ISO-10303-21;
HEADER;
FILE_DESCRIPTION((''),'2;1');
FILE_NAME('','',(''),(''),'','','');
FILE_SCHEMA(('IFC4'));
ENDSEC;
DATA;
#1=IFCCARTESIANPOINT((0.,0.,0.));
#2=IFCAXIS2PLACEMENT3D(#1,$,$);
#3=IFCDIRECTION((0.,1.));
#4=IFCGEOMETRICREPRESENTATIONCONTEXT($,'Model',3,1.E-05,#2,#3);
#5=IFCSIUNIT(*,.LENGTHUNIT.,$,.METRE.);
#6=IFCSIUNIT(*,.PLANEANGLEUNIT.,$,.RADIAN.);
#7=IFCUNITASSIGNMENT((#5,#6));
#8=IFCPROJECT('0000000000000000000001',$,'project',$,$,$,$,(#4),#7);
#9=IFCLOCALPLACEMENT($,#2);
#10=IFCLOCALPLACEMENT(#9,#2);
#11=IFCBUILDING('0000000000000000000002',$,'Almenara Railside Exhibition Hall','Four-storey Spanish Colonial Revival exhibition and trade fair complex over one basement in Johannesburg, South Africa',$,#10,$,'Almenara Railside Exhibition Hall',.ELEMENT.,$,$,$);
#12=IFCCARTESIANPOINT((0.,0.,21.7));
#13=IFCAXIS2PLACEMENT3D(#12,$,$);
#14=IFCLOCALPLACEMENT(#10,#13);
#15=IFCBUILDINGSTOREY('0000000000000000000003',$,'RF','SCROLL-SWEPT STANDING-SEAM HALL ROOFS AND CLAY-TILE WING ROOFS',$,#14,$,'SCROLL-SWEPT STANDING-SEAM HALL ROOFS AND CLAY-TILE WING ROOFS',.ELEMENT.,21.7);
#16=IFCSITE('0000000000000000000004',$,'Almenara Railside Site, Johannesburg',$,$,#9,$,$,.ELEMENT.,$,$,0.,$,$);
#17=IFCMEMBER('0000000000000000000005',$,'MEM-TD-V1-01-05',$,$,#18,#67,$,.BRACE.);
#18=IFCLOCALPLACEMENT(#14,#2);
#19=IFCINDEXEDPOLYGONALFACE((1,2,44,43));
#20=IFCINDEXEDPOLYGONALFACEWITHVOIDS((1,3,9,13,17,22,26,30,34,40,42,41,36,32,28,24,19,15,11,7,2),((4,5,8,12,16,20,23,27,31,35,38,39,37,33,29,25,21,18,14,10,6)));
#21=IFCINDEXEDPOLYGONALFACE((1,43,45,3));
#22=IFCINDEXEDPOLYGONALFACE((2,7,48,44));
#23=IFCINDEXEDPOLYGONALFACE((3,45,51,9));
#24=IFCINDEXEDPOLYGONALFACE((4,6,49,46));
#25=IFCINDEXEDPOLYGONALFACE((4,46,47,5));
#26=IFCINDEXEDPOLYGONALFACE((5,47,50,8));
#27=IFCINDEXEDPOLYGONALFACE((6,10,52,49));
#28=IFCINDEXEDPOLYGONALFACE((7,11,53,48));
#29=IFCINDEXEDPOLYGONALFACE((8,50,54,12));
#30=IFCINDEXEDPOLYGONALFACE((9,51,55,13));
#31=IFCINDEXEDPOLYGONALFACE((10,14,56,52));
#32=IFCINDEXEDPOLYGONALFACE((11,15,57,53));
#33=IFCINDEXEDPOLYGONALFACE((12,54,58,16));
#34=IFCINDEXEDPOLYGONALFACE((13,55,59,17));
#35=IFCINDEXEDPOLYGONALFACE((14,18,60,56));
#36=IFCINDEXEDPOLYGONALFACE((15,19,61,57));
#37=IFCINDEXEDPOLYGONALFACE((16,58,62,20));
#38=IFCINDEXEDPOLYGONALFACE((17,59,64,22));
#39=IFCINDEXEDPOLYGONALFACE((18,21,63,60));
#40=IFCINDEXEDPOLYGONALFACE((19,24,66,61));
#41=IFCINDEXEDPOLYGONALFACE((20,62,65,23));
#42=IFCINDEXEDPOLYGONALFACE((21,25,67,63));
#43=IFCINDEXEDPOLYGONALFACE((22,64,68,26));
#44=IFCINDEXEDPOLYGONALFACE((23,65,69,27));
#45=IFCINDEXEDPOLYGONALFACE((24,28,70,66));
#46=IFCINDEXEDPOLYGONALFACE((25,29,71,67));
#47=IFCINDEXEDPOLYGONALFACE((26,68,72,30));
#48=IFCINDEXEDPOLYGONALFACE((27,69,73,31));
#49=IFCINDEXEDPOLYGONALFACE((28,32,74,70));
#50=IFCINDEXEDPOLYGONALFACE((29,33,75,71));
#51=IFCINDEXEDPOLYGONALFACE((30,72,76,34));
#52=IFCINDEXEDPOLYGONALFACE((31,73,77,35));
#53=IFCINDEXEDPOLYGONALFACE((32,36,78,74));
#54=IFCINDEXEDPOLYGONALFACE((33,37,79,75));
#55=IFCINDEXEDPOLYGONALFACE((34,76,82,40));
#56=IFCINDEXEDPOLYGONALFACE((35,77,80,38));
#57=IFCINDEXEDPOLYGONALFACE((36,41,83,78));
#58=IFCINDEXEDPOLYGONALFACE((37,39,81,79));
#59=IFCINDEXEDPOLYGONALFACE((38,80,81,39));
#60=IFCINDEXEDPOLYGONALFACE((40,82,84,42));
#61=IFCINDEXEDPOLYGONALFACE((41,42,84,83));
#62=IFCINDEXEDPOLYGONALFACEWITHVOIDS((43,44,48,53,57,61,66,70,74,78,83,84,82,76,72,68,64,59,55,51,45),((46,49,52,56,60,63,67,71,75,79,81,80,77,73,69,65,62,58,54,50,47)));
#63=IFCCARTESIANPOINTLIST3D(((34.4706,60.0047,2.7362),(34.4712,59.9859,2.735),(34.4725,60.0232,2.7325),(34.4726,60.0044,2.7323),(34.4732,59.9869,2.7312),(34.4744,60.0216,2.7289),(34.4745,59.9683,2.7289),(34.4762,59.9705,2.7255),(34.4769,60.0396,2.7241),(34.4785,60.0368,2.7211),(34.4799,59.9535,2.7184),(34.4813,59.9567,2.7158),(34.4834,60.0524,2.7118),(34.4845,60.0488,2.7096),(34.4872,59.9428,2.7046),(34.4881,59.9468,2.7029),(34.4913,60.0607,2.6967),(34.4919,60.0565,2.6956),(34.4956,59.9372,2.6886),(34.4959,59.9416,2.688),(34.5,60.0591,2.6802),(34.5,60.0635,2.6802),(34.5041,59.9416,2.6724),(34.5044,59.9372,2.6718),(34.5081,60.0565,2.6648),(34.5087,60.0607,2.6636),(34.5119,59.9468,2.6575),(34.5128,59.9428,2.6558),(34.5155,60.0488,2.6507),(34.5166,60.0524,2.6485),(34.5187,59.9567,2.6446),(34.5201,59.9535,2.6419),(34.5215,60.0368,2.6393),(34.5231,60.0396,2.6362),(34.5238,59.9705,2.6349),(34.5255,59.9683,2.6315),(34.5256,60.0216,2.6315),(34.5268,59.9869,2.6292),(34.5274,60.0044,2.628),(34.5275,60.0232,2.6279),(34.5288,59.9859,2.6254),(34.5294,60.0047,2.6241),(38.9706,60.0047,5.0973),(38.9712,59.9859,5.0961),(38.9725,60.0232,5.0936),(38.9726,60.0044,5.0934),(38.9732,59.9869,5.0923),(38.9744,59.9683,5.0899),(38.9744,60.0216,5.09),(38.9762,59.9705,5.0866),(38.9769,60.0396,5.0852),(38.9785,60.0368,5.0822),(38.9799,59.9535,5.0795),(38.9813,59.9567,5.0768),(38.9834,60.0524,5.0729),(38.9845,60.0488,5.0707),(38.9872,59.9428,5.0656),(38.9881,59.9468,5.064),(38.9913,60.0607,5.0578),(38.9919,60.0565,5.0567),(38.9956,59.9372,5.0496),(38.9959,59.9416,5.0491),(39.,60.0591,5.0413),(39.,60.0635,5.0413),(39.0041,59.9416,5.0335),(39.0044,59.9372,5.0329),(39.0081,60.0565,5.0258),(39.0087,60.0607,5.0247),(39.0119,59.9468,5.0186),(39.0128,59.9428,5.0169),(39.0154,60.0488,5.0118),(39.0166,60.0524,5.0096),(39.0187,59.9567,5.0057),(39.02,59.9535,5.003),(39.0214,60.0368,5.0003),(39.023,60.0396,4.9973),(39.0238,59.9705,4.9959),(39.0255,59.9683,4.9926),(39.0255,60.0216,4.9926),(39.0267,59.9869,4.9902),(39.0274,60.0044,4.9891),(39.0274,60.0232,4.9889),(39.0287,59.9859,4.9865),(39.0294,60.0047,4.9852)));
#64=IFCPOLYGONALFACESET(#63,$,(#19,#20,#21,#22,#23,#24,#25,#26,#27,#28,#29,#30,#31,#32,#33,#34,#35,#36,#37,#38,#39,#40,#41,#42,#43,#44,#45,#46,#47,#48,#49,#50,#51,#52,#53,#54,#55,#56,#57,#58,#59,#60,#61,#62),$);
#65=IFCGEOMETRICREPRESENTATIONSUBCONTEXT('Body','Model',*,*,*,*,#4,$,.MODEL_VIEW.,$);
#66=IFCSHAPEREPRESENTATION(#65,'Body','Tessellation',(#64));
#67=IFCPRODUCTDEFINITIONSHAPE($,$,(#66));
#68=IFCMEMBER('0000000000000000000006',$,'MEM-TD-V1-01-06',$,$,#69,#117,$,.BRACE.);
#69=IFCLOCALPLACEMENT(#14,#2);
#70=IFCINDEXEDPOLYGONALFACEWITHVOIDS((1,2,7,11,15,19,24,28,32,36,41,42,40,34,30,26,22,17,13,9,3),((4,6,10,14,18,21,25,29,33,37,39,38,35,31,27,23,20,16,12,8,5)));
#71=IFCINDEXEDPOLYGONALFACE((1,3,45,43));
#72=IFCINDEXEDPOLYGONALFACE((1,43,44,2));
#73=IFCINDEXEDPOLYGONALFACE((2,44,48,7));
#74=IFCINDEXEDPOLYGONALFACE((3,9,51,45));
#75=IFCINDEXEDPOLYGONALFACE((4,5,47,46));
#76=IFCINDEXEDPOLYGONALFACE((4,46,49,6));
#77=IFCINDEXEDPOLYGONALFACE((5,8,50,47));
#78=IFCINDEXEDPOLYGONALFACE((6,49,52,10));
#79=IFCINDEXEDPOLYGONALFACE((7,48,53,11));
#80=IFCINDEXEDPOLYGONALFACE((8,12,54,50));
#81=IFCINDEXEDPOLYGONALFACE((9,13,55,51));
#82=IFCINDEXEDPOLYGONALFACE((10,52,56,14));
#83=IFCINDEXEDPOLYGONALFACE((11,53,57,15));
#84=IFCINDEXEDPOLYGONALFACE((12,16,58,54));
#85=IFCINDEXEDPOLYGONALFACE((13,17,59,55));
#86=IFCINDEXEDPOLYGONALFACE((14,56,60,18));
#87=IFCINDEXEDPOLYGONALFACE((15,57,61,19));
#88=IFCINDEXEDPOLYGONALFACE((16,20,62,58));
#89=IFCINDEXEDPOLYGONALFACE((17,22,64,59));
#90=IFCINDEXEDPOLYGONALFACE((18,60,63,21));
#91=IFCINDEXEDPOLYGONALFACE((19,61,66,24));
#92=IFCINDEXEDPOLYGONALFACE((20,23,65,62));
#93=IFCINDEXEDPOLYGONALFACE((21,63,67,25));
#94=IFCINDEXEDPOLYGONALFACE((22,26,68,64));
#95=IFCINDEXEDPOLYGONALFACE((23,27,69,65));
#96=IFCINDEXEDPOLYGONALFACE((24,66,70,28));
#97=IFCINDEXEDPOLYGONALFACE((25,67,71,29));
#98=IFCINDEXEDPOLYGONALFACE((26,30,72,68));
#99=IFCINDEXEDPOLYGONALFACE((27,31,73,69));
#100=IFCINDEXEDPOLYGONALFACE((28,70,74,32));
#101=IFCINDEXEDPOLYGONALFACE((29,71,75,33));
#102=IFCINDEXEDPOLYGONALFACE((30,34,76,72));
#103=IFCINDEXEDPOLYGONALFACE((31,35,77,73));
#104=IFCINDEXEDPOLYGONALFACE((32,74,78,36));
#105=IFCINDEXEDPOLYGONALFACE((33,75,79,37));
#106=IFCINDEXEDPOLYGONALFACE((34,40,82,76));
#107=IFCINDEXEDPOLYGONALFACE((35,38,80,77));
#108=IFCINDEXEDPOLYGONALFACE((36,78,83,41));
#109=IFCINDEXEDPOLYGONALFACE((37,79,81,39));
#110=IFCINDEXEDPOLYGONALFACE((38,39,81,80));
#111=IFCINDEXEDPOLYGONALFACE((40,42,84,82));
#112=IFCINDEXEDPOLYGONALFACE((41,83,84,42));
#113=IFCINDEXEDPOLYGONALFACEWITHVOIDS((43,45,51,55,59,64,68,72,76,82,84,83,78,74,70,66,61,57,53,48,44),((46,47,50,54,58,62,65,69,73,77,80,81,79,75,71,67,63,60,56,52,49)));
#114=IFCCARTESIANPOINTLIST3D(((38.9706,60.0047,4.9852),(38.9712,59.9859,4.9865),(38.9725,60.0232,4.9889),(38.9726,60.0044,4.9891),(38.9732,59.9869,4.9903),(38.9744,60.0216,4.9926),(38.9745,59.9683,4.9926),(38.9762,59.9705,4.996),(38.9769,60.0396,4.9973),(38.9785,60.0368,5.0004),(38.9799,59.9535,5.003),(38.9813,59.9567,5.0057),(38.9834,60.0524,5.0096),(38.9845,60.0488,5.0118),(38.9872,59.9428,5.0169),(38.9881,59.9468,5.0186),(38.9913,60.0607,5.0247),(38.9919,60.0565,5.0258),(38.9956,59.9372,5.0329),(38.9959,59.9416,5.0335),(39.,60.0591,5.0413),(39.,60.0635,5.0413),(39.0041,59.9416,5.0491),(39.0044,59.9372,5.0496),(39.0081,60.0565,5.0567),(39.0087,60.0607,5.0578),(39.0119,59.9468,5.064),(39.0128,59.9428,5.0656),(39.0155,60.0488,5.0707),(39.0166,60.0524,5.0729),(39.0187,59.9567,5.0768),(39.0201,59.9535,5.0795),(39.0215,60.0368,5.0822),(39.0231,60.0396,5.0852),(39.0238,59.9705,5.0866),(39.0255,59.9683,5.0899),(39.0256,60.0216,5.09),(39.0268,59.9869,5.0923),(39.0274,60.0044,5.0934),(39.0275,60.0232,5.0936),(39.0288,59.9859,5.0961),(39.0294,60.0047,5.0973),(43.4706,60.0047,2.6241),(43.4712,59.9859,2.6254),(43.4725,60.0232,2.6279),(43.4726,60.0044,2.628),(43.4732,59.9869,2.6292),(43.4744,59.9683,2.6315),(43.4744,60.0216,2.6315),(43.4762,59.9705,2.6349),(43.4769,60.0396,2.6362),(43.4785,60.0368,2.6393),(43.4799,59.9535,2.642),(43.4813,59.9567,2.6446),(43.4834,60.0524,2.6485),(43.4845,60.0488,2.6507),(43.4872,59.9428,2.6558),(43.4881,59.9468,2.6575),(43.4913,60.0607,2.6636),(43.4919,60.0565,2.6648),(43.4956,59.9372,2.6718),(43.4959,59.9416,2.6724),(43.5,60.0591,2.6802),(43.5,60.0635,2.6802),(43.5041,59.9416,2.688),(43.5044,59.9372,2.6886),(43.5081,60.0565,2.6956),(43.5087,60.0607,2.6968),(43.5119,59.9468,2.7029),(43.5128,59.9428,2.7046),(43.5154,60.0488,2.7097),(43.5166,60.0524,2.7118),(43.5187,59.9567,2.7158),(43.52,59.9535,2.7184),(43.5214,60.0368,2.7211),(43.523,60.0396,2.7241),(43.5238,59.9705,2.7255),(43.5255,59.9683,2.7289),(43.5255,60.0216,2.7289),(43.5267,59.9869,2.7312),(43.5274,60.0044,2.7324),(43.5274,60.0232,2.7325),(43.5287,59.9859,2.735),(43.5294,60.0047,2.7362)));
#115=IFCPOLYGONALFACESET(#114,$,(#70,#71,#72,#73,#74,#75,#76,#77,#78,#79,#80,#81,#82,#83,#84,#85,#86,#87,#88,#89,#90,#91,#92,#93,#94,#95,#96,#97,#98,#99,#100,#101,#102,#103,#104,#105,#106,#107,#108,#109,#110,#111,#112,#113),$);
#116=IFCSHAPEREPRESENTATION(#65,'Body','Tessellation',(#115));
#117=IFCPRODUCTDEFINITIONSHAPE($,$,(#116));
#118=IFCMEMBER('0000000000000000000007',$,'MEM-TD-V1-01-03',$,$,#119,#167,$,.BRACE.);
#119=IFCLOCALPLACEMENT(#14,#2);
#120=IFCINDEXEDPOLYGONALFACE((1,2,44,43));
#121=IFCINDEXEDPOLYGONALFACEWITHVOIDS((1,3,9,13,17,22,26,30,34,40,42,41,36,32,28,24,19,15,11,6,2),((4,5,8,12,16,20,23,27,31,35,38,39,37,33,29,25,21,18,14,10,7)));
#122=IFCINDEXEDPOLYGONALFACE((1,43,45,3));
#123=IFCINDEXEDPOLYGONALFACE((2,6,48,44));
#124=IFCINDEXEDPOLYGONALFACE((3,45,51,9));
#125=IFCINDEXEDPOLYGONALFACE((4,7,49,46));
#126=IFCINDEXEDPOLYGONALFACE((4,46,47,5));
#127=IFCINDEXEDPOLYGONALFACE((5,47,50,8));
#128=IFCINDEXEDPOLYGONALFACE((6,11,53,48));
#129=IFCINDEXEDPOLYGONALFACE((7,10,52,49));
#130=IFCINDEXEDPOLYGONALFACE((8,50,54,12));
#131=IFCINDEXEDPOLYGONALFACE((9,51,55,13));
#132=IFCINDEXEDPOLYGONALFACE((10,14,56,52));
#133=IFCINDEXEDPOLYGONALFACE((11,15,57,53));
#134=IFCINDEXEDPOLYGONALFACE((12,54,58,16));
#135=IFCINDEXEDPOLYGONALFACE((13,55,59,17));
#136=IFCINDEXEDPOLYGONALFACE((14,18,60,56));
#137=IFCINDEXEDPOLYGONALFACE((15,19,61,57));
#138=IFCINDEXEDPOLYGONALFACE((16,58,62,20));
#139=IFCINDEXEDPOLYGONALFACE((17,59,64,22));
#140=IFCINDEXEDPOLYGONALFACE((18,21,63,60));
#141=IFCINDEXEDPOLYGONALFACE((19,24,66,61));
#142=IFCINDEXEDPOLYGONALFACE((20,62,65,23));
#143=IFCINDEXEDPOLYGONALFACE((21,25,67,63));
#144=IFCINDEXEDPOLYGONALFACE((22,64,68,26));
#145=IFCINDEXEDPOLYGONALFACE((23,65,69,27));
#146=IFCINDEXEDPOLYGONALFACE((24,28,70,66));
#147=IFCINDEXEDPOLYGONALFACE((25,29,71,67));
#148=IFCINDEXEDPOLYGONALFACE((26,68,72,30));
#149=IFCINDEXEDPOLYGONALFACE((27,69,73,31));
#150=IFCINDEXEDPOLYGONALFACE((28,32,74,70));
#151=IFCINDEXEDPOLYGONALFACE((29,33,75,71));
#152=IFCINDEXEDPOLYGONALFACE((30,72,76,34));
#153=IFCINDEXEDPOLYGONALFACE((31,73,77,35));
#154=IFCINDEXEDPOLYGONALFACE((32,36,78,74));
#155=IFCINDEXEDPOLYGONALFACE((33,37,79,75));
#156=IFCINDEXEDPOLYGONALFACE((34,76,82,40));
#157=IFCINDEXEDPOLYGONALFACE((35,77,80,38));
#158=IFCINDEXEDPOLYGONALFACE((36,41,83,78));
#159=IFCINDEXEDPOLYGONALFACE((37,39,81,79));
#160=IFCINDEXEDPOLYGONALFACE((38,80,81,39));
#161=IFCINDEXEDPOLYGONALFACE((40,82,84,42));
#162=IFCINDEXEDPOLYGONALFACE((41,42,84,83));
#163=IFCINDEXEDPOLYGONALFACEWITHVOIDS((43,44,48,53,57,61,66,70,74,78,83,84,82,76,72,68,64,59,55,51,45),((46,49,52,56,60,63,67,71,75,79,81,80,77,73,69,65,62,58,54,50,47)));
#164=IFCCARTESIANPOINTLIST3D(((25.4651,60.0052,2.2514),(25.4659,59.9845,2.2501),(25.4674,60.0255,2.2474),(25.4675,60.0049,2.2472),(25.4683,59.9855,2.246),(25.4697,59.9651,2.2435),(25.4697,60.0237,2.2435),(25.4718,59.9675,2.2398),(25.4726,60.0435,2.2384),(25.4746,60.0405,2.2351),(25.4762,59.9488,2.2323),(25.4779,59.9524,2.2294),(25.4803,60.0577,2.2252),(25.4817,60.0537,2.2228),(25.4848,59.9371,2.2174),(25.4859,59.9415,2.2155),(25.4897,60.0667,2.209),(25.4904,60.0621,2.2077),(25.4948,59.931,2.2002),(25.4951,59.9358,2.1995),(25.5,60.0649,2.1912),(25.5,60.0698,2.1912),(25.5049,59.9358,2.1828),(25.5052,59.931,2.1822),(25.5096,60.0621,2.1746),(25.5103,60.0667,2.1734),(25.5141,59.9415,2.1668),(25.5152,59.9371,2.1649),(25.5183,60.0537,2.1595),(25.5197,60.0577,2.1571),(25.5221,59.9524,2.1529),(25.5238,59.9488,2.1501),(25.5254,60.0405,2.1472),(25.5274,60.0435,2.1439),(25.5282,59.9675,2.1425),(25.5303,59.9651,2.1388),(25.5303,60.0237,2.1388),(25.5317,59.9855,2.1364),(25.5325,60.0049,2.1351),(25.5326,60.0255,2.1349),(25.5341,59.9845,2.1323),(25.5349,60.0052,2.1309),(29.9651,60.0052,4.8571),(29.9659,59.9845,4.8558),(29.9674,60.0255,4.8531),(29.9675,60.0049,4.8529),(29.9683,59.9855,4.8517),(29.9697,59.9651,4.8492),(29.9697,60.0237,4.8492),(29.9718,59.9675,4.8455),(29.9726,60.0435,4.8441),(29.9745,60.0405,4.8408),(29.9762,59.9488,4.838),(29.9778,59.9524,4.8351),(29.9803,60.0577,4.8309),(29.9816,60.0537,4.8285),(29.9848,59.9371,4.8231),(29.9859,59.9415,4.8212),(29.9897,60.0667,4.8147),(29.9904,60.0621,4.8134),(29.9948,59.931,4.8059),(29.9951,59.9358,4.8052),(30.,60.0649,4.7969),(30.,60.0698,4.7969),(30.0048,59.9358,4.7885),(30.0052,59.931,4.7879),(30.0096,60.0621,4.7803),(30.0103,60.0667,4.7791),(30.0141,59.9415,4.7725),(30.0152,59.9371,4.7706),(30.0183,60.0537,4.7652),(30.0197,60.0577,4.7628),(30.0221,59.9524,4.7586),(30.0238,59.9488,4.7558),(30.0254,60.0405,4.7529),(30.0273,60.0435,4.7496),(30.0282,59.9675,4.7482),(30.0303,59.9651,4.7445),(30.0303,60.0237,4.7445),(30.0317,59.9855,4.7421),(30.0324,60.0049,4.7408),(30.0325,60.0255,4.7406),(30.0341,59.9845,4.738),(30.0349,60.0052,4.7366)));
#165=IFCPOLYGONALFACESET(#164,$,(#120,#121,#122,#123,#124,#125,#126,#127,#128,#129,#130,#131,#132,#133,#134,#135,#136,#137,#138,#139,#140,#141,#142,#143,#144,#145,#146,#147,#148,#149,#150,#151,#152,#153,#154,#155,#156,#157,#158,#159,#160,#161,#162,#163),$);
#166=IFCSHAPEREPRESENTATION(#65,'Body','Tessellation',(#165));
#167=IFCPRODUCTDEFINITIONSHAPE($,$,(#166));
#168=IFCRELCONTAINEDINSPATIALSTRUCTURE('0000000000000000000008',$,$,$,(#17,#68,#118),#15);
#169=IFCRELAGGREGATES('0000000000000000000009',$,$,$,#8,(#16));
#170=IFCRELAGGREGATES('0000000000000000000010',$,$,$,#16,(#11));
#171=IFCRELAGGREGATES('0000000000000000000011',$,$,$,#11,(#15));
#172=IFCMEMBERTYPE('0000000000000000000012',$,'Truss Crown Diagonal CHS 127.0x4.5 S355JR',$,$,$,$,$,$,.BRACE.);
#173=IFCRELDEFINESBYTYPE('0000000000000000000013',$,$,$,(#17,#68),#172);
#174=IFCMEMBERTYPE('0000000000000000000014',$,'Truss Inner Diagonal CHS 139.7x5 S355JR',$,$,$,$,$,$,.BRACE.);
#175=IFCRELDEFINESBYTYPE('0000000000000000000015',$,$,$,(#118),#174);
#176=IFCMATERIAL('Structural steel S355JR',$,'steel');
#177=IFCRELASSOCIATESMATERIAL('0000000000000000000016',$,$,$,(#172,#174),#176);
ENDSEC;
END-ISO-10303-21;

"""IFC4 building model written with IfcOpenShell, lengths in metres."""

from ifc_helpers import new_model, si_unit, direction, frame, origin, origin_2d, place, context, subcontext, project, spatial, hollow_circle, extrude, material, material_profile, profile_set, type_object, element, save


model = new_model("IFC4")

# Units and contexts
model_context = context("Model", 3, precision=1e-05, world=origin(), true_north=direction((0.0, 1.0)))
body_context = subcontext(model_context, "Body", "Model", "MODEL_VIEW")
ifc_project = project(units=[si_unit("LENGTHUNIT", "METRE"), si_unit("PLANEANGLEUNIT", "RADIAN")], contexts=[model_context])

# Site, building, storey
site_placement = place(None, origin())
site = spatial("IfcSite", under=ifc_project, at=site_placement, Name="Almenara Railside Site, Johannesburg", CompositionType="ELEMENT", RefElevation=0.0)
building_placement = place(site_placement, origin())
building = spatial("IfcBuilding", under=site, at=building_placement, Name="Almenara Railside Exhibition Hall", Description="Four-storey Spanish Colonial Revival exhibition and trade fair complex over one basement in Johannesburg, South Africa", LongName="Almenara Railside Exhibition Hall", CompositionType="ELEMENT")
storey_placement = place(building_placement, frame((0.0, 0.0, 21.7)))
storey = spatial("IfcBuildingStorey", under=building, at=storey_placement, Name="RF", Description="SCROLL-SWEPT STANDING-SEAM HALL ROOFS AND CLAY-TILE WING ROOFS", LongName="SCROLL-SWEPT STANDING-SEAM HALL ROOFS AND CLAY-TILE WING ROOFS", CompositionType="ELEMENT", Elevation=21.7)

# Members
ifc_material_1 = material(Name="Structural steel S355JR", Category="steel")
ifc_material_profile_1 = material_profile(ifc_material_1, hollow_circle(Radius=0.0635, WallThickness=0.0044, at=origin_2d()), Name="CHS 127.0x4.5")
ifc_profile_set_1 = profile_set([ifc_material_profile_1], Name="Structural steel S355JR")
member_type_1 = type_object("IfcMemberType", Name="Truss Crown Diagonal CHS 127.0x4.5 S355JR", PredefinedType="BRACE", material=ifc_profile_set_1)
for number, where, z_axis, x_axis, name in (
    (1, (34.5, 60.0, 2.6802), (0.885513, 0.0, 0.464615), (0.0, 1.0, 0.0), "MEM-TD-V1-01-05"),
    (2, (39.0, 60.0, 5.0413), (0.885513, 0.0, -0.464615), (0.0, 1.0, 0.0), "MEM-TD-V1-01-06"),
):
    element("IfcMember", number, at=place(storey_placement, frame(where, z_axis=z_axis, x_axis=x_axis)), inside=storey, type_object=member_type_1, Name=name, PredefinedType="BRACE", context=body_context, shape_type="SweptSolid", body=[
        extrude(hollow_circle(Radius=0.0635, WallThickness=0.0044, at=origin_2d()), origin(), (0.0, 0.0, 1.0), 5.0818),
    ])
ifc_material_profile_2 = material_profile(ifc_material_1, hollow_circle(Radius=0.0698, WallThickness=0.0049, at=origin_2d()), Name="CHS 139.7x5")
ifc_profile_set_2 = profile_set([ifc_material_profile_2], Name="Structural steel S355JR")
member_type_2 = type_object("IfcMemberType", Name="Truss Inner Diagonal CHS 139.7x5 S355JR", PredefinedType="BRACE", material=ifc_profile_set_2)
member_1_placement = place(storey_placement, frame((25.5, 60.0, 2.1912), z_axis=(0.865389, 0.0, 0.501101), x_axis=(0.0, 1.0, 0.0)))
element("IfcMember", 3, at=member_1_placement, inside=storey, type_object=member_type_2, Name="MEM-TD-V1-01-03", PredefinedType="BRACE", context=body_context, shape_type="SweptSolid", body=[
    extrude(hollow_circle(Radius=0.0698, WallThickness=0.0049, at=origin_2d()), origin(), (0.0, 0.0, 1.0), 5.2),
])

save(model, "model.ifc")
